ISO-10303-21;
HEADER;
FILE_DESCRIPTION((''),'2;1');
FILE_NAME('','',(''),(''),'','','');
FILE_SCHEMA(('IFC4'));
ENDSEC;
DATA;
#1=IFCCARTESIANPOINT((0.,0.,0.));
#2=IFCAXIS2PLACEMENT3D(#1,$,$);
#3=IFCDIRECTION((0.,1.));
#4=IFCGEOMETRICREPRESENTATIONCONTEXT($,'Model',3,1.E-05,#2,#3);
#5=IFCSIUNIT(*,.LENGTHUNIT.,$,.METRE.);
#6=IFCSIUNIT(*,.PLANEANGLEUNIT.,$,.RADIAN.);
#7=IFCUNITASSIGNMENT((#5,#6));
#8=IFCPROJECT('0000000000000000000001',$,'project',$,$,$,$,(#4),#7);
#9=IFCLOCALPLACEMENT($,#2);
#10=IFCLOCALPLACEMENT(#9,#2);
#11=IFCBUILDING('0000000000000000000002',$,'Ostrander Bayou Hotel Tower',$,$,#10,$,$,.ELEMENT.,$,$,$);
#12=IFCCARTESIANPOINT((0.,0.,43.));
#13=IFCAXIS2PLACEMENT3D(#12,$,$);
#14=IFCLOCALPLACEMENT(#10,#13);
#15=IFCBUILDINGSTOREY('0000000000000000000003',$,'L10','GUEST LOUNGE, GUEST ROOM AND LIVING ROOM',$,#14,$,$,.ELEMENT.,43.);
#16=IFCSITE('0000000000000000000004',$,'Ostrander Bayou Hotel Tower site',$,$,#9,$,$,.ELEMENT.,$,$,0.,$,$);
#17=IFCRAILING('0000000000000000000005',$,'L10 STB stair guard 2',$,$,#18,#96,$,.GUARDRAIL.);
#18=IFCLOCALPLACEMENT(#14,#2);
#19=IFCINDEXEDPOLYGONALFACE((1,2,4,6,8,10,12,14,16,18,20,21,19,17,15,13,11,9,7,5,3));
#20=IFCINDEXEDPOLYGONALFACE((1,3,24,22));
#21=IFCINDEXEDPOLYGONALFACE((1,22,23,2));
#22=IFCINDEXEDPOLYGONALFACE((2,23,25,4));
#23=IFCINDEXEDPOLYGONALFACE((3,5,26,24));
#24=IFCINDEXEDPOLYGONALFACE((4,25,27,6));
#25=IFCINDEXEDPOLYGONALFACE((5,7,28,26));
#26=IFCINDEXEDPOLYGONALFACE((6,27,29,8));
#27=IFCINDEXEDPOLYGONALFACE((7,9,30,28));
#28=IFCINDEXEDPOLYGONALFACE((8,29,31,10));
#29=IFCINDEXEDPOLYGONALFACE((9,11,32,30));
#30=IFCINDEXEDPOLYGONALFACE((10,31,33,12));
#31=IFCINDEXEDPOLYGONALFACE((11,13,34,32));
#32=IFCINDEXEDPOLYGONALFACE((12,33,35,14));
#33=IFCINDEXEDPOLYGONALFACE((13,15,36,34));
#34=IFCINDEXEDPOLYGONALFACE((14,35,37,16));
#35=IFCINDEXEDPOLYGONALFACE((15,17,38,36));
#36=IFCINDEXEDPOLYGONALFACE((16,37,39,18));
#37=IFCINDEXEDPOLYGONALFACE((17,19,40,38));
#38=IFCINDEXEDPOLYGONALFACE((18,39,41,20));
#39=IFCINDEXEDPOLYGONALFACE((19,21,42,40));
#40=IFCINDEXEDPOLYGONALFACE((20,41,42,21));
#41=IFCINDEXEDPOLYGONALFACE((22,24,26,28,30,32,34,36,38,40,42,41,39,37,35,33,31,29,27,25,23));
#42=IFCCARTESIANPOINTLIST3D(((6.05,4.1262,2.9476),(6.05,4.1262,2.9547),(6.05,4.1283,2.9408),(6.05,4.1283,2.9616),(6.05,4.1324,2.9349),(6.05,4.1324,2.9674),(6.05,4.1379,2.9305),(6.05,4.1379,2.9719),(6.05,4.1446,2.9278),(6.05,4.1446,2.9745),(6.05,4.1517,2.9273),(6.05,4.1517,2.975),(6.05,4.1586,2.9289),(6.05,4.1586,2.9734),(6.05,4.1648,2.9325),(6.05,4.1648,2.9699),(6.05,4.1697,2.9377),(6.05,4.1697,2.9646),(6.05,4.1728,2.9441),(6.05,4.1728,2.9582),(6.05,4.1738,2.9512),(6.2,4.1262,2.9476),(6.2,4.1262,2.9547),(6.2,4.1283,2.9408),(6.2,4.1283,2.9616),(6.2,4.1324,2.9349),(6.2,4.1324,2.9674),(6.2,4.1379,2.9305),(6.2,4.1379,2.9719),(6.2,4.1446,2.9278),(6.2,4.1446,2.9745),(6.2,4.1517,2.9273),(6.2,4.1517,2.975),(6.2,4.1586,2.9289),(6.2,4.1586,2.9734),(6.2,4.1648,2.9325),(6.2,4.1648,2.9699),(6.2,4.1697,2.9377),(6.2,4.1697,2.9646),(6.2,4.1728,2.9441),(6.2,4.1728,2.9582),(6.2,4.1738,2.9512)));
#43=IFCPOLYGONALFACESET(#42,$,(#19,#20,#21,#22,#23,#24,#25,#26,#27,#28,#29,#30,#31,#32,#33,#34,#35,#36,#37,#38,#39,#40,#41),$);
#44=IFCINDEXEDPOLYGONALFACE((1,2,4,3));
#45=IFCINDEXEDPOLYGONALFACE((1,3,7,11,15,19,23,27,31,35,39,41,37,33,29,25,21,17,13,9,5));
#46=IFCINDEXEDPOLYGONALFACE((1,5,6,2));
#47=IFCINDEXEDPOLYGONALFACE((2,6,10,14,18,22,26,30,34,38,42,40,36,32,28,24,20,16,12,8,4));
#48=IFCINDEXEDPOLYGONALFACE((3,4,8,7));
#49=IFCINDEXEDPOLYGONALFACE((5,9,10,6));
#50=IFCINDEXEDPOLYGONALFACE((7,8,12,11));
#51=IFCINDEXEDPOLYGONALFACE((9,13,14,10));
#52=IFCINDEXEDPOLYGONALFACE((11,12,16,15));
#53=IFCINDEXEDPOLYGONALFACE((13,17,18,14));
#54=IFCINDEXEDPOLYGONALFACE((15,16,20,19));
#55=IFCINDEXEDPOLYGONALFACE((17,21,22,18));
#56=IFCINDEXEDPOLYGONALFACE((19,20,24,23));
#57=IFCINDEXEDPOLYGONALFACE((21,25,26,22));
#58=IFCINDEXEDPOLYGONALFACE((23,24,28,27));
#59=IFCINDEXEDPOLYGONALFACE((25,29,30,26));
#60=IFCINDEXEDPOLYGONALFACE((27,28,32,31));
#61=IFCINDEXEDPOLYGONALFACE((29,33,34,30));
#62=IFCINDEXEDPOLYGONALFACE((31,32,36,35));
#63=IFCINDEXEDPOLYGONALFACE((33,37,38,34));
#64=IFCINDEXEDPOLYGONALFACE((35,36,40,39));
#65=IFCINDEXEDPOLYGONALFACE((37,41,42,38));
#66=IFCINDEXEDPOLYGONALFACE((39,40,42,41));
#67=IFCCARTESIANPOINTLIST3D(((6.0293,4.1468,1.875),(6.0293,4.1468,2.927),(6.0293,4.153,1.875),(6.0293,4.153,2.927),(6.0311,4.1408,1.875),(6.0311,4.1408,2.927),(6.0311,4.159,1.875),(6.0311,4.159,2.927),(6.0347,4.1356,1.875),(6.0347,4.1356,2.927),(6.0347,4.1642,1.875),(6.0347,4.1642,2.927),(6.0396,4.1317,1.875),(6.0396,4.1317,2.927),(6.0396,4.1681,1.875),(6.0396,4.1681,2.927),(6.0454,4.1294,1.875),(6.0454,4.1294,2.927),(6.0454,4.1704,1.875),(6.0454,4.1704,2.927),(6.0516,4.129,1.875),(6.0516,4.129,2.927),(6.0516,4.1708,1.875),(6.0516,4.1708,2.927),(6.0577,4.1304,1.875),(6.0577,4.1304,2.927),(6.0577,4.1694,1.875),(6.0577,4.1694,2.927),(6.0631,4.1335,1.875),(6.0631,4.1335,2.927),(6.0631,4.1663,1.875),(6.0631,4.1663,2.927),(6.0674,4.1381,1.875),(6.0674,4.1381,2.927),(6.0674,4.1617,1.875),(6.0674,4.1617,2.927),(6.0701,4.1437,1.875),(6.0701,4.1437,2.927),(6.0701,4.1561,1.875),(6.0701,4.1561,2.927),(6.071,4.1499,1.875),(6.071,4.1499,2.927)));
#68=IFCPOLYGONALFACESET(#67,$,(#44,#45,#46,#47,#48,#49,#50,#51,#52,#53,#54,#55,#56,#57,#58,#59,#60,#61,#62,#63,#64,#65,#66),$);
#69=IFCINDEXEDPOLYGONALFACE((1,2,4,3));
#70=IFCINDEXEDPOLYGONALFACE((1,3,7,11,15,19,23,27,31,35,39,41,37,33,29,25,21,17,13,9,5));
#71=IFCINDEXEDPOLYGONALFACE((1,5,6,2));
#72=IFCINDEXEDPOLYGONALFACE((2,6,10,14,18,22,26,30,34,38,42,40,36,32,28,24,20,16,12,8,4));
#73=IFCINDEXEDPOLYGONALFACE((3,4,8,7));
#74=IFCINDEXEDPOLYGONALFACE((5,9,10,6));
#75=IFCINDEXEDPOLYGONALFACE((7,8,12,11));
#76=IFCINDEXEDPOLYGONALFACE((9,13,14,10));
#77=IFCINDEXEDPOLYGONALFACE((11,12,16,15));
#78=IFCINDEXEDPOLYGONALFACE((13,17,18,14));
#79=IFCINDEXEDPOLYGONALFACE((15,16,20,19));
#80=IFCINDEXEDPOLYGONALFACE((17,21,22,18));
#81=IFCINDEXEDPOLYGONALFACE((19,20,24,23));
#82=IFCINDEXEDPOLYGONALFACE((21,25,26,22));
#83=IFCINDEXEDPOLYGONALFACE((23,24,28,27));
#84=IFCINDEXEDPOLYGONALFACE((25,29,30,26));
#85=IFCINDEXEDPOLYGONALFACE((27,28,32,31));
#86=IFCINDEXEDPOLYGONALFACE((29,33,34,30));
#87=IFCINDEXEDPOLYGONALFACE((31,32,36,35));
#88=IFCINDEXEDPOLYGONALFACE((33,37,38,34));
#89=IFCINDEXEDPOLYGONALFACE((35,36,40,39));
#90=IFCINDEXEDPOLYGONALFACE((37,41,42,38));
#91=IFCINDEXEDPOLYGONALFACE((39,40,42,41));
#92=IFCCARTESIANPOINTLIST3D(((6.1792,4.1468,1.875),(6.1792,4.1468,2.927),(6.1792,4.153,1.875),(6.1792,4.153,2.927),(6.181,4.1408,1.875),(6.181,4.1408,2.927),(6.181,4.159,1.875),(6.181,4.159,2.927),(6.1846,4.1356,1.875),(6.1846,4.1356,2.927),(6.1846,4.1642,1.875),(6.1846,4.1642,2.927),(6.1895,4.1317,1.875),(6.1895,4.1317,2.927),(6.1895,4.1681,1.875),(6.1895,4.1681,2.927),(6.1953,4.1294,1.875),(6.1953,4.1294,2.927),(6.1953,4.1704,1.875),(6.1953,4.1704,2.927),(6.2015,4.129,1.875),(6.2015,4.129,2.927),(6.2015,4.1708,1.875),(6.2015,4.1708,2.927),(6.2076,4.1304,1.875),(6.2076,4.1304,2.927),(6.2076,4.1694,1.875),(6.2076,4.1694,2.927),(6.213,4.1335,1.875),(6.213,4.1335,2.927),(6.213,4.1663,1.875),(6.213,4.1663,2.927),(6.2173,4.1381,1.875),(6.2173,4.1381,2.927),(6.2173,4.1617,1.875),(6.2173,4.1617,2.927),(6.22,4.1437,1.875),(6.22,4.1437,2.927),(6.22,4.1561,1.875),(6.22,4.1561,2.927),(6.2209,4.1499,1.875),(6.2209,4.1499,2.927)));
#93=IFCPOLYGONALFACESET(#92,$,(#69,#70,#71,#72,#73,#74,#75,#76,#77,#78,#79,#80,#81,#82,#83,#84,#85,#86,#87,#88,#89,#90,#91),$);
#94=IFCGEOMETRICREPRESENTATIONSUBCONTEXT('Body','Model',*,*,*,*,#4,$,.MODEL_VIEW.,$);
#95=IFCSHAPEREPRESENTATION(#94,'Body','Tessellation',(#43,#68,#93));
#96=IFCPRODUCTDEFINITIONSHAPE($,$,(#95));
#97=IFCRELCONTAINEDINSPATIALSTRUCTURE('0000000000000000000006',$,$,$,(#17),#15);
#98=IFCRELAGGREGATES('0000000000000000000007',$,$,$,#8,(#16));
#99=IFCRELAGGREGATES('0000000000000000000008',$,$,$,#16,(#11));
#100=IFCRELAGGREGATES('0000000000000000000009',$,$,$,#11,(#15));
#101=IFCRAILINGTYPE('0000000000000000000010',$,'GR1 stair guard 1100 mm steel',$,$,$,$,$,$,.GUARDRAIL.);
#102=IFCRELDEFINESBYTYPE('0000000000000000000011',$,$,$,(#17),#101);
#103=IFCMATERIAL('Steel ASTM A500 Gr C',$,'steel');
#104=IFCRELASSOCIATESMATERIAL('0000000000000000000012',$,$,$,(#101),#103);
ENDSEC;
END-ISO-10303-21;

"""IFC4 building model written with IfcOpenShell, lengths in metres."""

from ifc_helpers import new_model, si_unit, direction, frame, origin, origin_2d, place, context, subcontext, project, spatial, circle, extrude, material, type_object, element, save


model = new_model("IFC4")

# Units and contexts
model_context = context("Model", 3, precision=1e-05, world=origin(), true_north=direction((0.0, 1.0)))
body_context = subcontext(model_context, "Body", "Model", "MODEL_VIEW")
ifc_project = project(units=[si_unit("LENGTHUNIT", "METRE"), si_unit("PLANEANGLEUNIT", "RADIAN")], contexts=[model_context])

# Site, building, storey
site_placement = place(None, origin())
site = spatial("IfcSite", under=ifc_project, at=site_placement, Name="Ostrander Bayou Hotel Tower site", CompositionType="ELEMENT", RefElevation=0.0)
building_placement = place(site_placement, origin())
building = spatial("IfcBuilding", under=site, at=building_placement, Name="Ostrander Bayou Hotel Tower", CompositionType="ELEMENT")
storey_placement = place(building_placement, frame((0.0, 0.0, 43.0)))
storey = spatial("IfcBuildingStorey", under=building, at=storey_placement, Name="L10", Description="GUEST LOUNGE, GUEST ROOM AND LIVING ROOM", CompositionType="ELEMENT", Elevation=43.0)

# Railing
ifc_material_1 = material(Name="Steel ASTM A500 Gr C", Category="steel")
railing_type_1 = type_object("IfcRailingType", Name="GR1 stair guard 1100 mm steel", PredefinedType="GUARDRAIL", material=ifc_material_1)
railing_1_placement = place(storey_placement, frame((6.05, 4.1499, 1.875)))
element("IfcRailing", 1, at=railing_1_placement, inside=storey, type_object=railing_type_1, Name="L10 STB stair guard 2", PredefinedType="GUARDRAIL", context=body_context, shape_type="SweptSolid", body=[
    extrude(circle(Radius=0.0239, at=origin_2d()), frame((0.0, 0.0, 1.0762), z_axis=(1.0, 0.0, 0.0), x_axis=(0.0, 1.0, 0.0)), (0.0, 0.0, 1.0), 0.1499),
    extrude(circle(Radius=0.021, at=origin_2d()), origin(), (0.0, 0.0, 1.0), 1.052),
    extrude(circle(Radius=0.021, at=origin_2d()), frame((0.1499, 0.0, 0.0)), (0.0, 0.0, 1.0), 1.052),
])

save(model, "model.ifc")
